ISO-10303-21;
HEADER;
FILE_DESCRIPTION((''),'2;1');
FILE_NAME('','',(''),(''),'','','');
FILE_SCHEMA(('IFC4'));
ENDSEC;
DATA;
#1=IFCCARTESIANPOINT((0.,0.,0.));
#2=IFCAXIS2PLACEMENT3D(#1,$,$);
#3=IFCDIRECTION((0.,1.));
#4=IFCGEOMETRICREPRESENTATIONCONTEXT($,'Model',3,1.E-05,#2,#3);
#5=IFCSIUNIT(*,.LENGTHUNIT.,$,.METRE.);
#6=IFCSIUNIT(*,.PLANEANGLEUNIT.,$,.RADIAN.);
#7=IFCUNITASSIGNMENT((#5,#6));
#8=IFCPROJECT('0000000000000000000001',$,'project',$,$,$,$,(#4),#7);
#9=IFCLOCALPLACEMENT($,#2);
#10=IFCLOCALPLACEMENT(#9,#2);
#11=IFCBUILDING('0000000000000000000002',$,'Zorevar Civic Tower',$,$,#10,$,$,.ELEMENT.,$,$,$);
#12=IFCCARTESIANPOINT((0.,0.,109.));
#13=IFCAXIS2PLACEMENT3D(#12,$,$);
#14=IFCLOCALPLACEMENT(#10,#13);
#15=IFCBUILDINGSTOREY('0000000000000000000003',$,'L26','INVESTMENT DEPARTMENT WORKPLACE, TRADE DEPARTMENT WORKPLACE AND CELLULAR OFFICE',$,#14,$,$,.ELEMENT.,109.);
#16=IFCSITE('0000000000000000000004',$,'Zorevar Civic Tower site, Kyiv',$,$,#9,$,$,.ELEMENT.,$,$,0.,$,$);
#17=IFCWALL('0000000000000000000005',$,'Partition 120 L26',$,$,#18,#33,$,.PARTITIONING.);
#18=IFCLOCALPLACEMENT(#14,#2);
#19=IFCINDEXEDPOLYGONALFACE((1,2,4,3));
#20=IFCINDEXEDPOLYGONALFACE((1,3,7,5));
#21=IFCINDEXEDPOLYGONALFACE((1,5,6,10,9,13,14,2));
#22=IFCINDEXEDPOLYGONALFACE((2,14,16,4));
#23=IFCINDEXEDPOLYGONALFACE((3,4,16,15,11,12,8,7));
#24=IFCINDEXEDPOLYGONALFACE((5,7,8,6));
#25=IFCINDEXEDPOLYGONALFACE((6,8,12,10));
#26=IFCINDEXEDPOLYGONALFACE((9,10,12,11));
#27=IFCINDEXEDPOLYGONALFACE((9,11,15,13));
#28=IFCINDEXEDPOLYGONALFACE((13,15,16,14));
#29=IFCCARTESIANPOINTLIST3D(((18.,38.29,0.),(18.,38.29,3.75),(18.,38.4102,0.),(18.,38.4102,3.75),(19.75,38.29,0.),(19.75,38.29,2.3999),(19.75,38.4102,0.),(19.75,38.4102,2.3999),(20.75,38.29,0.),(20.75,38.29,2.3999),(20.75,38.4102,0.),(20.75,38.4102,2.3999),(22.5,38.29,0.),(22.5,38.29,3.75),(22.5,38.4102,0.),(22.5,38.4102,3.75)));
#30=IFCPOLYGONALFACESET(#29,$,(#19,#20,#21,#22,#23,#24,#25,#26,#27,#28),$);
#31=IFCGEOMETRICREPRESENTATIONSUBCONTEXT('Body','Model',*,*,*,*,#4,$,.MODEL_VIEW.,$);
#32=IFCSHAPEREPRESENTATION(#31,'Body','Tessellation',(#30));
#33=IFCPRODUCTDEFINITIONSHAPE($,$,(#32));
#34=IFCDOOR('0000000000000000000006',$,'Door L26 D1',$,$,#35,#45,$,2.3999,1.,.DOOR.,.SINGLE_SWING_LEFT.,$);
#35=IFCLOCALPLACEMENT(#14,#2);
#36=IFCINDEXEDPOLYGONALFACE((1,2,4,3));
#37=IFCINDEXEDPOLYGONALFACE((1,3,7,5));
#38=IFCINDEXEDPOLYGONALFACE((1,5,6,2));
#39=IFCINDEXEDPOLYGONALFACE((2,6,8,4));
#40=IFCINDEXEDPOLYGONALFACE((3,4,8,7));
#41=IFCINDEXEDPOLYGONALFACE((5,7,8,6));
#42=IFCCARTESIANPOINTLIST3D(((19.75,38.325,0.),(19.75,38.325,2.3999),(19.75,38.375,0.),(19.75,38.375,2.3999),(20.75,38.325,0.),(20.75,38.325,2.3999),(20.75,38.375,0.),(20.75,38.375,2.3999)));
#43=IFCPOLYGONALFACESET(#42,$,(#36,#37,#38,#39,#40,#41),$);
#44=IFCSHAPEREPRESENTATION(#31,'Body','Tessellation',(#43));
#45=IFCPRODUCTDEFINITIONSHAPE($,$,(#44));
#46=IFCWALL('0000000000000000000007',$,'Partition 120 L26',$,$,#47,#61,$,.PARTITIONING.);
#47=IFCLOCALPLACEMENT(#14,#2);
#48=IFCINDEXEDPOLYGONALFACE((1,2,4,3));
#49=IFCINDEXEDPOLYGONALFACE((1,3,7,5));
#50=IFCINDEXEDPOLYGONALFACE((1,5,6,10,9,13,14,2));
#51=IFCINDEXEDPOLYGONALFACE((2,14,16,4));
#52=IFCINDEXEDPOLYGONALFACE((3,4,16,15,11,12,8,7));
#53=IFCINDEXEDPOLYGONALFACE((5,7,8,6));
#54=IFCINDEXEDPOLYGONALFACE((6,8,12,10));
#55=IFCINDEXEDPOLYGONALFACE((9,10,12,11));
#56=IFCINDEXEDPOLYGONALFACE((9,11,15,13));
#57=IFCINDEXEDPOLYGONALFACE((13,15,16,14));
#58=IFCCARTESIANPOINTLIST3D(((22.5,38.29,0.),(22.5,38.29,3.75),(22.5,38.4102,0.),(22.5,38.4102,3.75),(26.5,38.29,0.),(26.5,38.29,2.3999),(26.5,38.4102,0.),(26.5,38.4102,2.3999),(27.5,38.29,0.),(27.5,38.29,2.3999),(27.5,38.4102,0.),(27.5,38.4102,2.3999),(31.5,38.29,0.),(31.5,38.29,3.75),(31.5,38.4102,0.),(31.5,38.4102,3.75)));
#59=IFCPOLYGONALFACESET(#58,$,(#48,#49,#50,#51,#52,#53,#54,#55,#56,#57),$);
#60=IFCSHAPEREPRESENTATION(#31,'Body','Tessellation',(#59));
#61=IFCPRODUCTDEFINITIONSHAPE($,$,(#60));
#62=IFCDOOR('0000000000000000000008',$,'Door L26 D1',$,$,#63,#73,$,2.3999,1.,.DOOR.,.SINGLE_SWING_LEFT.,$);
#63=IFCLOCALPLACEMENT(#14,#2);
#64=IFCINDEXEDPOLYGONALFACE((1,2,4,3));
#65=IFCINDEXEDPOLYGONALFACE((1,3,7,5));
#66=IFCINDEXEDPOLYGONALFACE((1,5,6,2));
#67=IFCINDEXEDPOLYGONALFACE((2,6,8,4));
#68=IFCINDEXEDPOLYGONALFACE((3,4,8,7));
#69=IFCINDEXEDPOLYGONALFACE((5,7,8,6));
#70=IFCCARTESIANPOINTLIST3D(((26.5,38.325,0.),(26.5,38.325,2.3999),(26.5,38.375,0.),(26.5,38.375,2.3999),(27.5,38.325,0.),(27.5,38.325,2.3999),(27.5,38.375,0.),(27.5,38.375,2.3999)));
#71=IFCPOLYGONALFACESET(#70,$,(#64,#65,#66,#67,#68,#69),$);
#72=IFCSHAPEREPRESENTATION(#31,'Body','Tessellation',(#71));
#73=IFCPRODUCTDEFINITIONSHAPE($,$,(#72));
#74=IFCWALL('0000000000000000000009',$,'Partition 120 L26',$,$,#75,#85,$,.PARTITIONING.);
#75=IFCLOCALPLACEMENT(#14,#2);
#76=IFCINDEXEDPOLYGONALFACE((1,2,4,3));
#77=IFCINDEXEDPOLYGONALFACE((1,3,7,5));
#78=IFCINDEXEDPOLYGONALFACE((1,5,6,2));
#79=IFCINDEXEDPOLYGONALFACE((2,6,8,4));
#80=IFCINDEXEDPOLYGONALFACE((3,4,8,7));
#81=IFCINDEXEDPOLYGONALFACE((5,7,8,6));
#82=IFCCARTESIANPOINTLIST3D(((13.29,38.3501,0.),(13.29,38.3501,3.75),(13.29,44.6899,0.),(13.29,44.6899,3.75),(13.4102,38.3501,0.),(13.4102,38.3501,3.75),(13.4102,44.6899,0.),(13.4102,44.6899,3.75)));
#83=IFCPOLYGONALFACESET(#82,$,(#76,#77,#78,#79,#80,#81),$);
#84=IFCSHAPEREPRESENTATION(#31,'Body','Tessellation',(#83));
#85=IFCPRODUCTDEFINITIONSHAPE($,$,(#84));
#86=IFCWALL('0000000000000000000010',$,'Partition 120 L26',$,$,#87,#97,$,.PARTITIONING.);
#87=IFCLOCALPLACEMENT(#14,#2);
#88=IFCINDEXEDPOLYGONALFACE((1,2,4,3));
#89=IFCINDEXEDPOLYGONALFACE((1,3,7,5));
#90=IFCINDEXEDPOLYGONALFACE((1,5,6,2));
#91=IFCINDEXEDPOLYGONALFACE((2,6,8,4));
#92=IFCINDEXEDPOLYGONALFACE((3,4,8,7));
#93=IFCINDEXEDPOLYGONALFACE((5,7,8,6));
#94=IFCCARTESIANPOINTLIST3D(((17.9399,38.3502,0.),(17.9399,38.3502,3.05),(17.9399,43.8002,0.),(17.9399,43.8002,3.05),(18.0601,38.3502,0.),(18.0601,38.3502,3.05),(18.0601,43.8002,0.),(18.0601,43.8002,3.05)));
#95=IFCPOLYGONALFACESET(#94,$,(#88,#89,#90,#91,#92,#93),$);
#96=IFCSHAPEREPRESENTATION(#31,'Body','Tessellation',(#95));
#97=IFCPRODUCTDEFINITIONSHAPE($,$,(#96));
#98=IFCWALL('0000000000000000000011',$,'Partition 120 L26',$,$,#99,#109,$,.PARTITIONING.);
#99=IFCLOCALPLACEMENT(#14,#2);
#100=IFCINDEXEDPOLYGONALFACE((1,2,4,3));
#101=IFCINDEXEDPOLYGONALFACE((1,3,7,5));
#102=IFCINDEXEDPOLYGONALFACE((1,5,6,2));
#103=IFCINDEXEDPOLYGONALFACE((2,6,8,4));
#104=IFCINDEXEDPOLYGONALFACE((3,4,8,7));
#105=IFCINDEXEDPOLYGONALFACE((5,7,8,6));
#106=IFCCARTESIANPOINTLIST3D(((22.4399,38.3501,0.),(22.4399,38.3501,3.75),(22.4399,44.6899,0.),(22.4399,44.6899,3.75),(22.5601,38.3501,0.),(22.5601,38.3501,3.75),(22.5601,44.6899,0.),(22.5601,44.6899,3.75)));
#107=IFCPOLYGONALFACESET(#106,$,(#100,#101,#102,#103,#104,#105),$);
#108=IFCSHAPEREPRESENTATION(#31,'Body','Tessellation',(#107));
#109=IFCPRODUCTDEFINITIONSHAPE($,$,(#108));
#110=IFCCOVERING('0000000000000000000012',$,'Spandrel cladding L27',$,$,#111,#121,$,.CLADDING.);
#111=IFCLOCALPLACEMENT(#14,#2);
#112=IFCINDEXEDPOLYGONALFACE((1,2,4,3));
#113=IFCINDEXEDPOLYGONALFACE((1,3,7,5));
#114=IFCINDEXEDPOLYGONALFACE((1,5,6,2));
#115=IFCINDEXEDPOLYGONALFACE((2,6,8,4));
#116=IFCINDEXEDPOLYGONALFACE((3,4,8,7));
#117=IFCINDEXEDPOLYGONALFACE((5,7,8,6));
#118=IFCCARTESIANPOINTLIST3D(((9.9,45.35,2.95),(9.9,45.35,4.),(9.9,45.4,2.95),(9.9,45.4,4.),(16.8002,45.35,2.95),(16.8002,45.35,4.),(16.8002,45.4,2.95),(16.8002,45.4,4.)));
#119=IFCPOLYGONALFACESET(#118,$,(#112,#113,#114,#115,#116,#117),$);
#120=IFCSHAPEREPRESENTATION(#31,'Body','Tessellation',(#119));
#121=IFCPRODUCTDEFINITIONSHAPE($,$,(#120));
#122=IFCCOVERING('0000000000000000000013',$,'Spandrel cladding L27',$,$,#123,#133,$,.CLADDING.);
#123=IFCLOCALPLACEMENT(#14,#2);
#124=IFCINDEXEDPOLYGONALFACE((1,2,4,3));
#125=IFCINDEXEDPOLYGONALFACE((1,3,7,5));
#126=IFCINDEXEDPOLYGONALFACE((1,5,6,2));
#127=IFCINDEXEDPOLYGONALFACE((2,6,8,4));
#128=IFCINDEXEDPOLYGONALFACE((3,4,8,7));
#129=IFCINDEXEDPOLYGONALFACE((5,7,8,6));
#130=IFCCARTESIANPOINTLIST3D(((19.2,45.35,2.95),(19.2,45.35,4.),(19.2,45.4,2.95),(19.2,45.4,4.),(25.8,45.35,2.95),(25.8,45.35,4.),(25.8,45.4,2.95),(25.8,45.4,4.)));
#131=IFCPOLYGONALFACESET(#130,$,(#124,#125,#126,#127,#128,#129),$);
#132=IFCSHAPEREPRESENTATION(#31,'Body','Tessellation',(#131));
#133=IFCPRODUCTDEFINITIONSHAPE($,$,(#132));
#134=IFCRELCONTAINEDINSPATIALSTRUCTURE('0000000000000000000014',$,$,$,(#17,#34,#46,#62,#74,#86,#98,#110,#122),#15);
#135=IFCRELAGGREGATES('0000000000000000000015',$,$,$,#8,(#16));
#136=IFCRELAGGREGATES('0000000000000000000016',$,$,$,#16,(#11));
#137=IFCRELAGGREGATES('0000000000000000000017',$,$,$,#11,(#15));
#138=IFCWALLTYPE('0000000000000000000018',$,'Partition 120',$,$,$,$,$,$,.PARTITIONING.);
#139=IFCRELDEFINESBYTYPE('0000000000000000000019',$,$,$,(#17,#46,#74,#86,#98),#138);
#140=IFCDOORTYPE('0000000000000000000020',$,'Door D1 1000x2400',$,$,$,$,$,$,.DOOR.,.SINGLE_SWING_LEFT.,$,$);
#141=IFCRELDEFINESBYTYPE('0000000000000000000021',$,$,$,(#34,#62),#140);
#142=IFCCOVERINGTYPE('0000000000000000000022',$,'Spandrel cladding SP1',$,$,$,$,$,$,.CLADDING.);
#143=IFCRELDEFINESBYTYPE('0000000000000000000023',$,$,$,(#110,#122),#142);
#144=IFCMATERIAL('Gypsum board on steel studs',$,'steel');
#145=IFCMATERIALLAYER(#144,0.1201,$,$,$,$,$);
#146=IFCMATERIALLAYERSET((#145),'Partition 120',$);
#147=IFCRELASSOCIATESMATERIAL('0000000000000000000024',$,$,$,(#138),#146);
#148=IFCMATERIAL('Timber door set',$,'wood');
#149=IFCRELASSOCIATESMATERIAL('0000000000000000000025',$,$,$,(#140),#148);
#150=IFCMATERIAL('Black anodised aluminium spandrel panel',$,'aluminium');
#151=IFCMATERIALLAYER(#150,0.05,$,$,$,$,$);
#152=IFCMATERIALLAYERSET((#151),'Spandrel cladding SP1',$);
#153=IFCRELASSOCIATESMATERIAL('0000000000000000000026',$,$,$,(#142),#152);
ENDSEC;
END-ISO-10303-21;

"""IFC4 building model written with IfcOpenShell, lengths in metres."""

from ifc_helpers import new_model, si_unit, direction, frame, frame_2d, origin, place, context, subcontext, project, spatial, rectangle, extrude, material, layer, layer_set, type_object, element, fill, save


model = new_model("IFC4")

# Units and contexts
model_context = context("Model", 3, precision=1e-05, world=origin(), true_north=direction((0.0, 1.0)))
body_context = subcontext(model_context, "Body", "Model", "MODEL_VIEW")
ifc_project = project(units=[si_unit("LENGTHUNIT", "METRE"), si_unit("PLANEANGLEUNIT", "RADIAN")], contexts=[model_context])

# Site, building, storey
site_placement = place(None, origin())
site = spatial("IfcSite", under=ifc_project, at=site_placement, Name="Zorevar Civic Tower site, Kyiv", CompositionType="ELEMENT", RefElevation=0.0)
building_placement = place(site_placement, origin())
building = spatial("IfcBuilding", under=site, at=building_placement, Name="Zorevar Civic Tower", CompositionType="ELEMENT")
storey_placement = place(building_placement, frame((0.0, 0.0, 109.0)))
storey = spatial("IfcBuildingStorey", under=building, at=storey_placement, Name="L26", Description="INVESTMENT DEPARTMENT WORKPLACE, TRADE DEPARTMENT WORKPLACE AND CELLULAR OFFICE", CompositionType="ELEMENT", Elevation=109.0)

# Walls, openings, doors
ifc_material_1 = material(Name="Gypsum board on steel studs", Category="steel")
ifc_layer_1 = layer(ifc_material_1, 0.1201)
ifc_layer_set_1 = layer_set([ifc_layer_1], Name="Partition 120")
wall_type_1 = type_object("IfcWallType", Name="Partition 120", PredefinedType="PARTITIONING", material=ifc_layer_set_1)
ifc_material_2 = material(Name="Timber door set", Category="wood")
door_type_1 = type_object("IfcDoorType", Name="Door D1 1000x2400", OperationType="SINGLE_SWING_LEFT", PredefinedType="DOOR", material=ifc_material_2)
wall_1_placement = place(storey_placement, frame((18.0, 38.3501, 0.0), z_axis=(0.0, 0.0, 1.0), x_axis=(1.0, 0.0, 0.0)))
wall_1 = element("IfcWall", 1, at=wall_1_placement, inside=storey, type_object=wall_type_1, Name="Partition 120 L26", PredefinedType="PARTITIONING", context=body_context, shape_type="SweptSolid", body=[
    extrude(rectangle(XDim=4.5, YDim=0.1201, at=frame_2d((2.25, 0.0))), origin(), (0.0, 0.0, 1.0), 3.75),
])
opening_1_placement = place(wall_1_placement, frame((1.75, 0.0, 0.0)))
opening_1 = element("IfcOpeningElement", 2, at=opening_1_placement, cuts=wall_1, PredefinedType="OPENING", context=body_context, shape_type="SweptSolid", body=[
    extrude(rectangle(XDim=1.0, YDim=2.3999, at=frame_2d((0.5, 1.2))), frame((0.0, 0.0701, 0.0), z_axis=(0.0, -1.0, 0.0), x_axis=(1.0, 0.0, 0.0)), (0.0, 0.0, 1.0), 0.1401),
])
door_1_placement = place(opening_1_placement, origin())
door_1 = element("IfcDoor", 3, at=door_1_placement, inside=storey, type_object=door_type_1, Name="Door L26 D1", OperationType="SINGLE_SWING_LEFT", OverallHeight=2.3999, OverallWidth=1.0, PredefinedType="DOOR", context=body_context, shape_type="SweptSolid", body=[
    extrude(rectangle(XDim=1.0, YDim=2.3999, at=frame_2d((0.5, 1.2))), frame((0.0, 0.0249, 0.0), z_axis=(0.0, -1.0, 0.0), x_axis=(1.0, 0.0, 0.0)), (0.0, 0.0, 1.0), 0.05),
])
fill(opening_1, door_1)
wall_2_placement = place(storey_placement, frame((22.5, 38.3501, 0.0), z_axis=(0.0, 0.0, 1.0), x_axis=(1.0, 0.0, 0.0)))
wall_2 = element("IfcWall", 4, at=wall_2_placement, inside=storey, type_object=wall_type_1, Name="Partition 120 L26", PredefinedType="PARTITIONING", context=body_context, shape_type="SweptSolid", body=[
    extrude(rectangle(XDim=9.0, YDim=0.1201, at=frame_2d((4.5, 0.0))), origin(), (0.0, 0.0, 1.0), 3.75),
])
opening_2_placement = place(wall_2_placement, frame((4.0, 0.0, 0.0)))
opening_2 = element("IfcOpeningElement", 5, at=opening_2_placement, cuts=wall_2, PredefinedType="OPENING", context=body_context, shape_type="SweptSolid", body=[
    extrude(rectangle(XDim=1.0, YDim=2.3999, at=frame_2d((0.5, 1.2))), frame((0.0, 0.0701, 0.0), z_axis=(0.0, -1.0, 0.0), x_axis=(1.0, 0.0, 0.0)), (0.0, 0.0, 1.0), 0.1401),
])
door_2_placement = place(opening_2_placement, origin())
door_2 = element("IfcDoor", 6, at=door_2_placement, inside=storey, type_object=door_type_1, Name="Door L26 D1", OperationType="SINGLE_SWING_LEFT", OverallHeight=2.3999, OverallWidth=1.0, PredefinedType="DOOR", context=body_context, shape_type="SweptSolid", body=[
    extrude(rectangle(XDim=1.0, YDim=2.3999, at=frame_2d((0.5, 1.2))), frame((0.0, 0.0249, 0.0), z_axis=(0.0, -1.0, 0.0), x_axis=(1.0, 0.0, 0.0)), (0.0, 0.0, 1.0), 0.05),
])
fill(opening_2, door_2)

# Walls
wall_3_placement = place(storey_placement, frame((13.3501, 38.3501, 0.0), z_axis=(0.0, 0.0, 1.0), x_axis=(0.0, 1.0, 0.0)))
element("IfcWall", 7, at=wall_3_placement, inside=storey, type_object=wall_type_1, Name="Partition 120 L26", PredefinedType="PARTITIONING", context=body_context, shape_type="SweptSolid", body=[
    extrude(rectangle(XDim=6.3398, YDim=0.1201, at=frame_2d((3.1699, 0.0))), origin(), (0.0, 0.0, 1.0), 3.75),
])
wall_4_placement = place(storey_placement, frame((18.0, 38.3501, 0.0), z_axis=(0.0, 0.0, 1.0), x_axis=(0.0, 1.0, 0.0)))
element("IfcWall", 8, at=wall_4_placement, inside=storey, type_object=wall_type_1, Name="Partition 120 L26", PredefinedType="PARTITIONING", context=body_context, shape_type="SweptSolid", body=[
    extrude(rectangle(XDim=5.45, YDim=0.1201, at=frame_2d((2.7251, 0.0))), origin(), (0.0, 0.0, 1.0), 3.05),
])
wall_5_placement = place(storey_placement, frame((22.5, 38.3501, 0.0), z_axis=(0.0, 0.0, 1.0), x_axis=(0.0, 1.0, 0.0)))
element("IfcWall", 9, at=wall_5_placement, inside=storey, type_object=wall_type_1, Name="Partition 120 L26", PredefinedType="PARTITIONING", context=body_context, shape_type="SweptSolid", body=[
    extrude(rectangle(XDim=6.3398, YDim=0.1201, at=frame_2d((3.1699, 0.0))), origin(), (0.0, 0.0, 1.0), 3.75),
])

# Coverings
ifc_material_3 = material(Name="Black anodised aluminium spandrel panel", Category="aluminium")
ifc_layer_2 = layer(ifc_material_3, 0.05)
ifc_layer_set_2 = layer_set([ifc_layer_2], Name="Spandrel cladding SP1")
covering_type = type_object("IfcCoveringType", Name="Spandrel cladding SP1", PredefinedType="CLADDING", material=ifc_layer_set_2)
covering_1_placement = place(storey_placement, frame((9.8999, 45.375, 2.95), z_axis=(0.0, 0.0, 1.0), x_axis=(1.0, 0.0, 0.0)))
element("IfcCovering", 10, at=covering_1_placement, inside=storey, type_object=covering_type, Name="Spandrel cladding L27", PredefinedType="CLADDING", context=body_context, shape_type="SweptSolid", body=[
    extrude(rectangle(XDim=6.9001, YDim=0.05, at=frame_2d((3.4502, 0.0))), origin(), (0.0, 0.0, 1.0), 1.05),
])
covering_2_placement = place(storey_placement, frame((19.2, 45.375, 2.95), z_axis=(0.0, 0.0, 1.0), x_axis=(1.0, 0.0, 0.0)))
element("IfcCovering", 11, at=covering_2_placement, inside=storey, type_object=covering_type, Name="Spandrel cladding L27", PredefinedType="CLADDING", context=body_context, shape_type="SweptSolid", body=[
    extrude(rectangle(XDim=6.6001, YDim=0.05, at=frame_2d((3.3, 0.0))), origin(), (0.0, 0.0, 1.0), 1.05),
])

save(model, "model.ifc")
